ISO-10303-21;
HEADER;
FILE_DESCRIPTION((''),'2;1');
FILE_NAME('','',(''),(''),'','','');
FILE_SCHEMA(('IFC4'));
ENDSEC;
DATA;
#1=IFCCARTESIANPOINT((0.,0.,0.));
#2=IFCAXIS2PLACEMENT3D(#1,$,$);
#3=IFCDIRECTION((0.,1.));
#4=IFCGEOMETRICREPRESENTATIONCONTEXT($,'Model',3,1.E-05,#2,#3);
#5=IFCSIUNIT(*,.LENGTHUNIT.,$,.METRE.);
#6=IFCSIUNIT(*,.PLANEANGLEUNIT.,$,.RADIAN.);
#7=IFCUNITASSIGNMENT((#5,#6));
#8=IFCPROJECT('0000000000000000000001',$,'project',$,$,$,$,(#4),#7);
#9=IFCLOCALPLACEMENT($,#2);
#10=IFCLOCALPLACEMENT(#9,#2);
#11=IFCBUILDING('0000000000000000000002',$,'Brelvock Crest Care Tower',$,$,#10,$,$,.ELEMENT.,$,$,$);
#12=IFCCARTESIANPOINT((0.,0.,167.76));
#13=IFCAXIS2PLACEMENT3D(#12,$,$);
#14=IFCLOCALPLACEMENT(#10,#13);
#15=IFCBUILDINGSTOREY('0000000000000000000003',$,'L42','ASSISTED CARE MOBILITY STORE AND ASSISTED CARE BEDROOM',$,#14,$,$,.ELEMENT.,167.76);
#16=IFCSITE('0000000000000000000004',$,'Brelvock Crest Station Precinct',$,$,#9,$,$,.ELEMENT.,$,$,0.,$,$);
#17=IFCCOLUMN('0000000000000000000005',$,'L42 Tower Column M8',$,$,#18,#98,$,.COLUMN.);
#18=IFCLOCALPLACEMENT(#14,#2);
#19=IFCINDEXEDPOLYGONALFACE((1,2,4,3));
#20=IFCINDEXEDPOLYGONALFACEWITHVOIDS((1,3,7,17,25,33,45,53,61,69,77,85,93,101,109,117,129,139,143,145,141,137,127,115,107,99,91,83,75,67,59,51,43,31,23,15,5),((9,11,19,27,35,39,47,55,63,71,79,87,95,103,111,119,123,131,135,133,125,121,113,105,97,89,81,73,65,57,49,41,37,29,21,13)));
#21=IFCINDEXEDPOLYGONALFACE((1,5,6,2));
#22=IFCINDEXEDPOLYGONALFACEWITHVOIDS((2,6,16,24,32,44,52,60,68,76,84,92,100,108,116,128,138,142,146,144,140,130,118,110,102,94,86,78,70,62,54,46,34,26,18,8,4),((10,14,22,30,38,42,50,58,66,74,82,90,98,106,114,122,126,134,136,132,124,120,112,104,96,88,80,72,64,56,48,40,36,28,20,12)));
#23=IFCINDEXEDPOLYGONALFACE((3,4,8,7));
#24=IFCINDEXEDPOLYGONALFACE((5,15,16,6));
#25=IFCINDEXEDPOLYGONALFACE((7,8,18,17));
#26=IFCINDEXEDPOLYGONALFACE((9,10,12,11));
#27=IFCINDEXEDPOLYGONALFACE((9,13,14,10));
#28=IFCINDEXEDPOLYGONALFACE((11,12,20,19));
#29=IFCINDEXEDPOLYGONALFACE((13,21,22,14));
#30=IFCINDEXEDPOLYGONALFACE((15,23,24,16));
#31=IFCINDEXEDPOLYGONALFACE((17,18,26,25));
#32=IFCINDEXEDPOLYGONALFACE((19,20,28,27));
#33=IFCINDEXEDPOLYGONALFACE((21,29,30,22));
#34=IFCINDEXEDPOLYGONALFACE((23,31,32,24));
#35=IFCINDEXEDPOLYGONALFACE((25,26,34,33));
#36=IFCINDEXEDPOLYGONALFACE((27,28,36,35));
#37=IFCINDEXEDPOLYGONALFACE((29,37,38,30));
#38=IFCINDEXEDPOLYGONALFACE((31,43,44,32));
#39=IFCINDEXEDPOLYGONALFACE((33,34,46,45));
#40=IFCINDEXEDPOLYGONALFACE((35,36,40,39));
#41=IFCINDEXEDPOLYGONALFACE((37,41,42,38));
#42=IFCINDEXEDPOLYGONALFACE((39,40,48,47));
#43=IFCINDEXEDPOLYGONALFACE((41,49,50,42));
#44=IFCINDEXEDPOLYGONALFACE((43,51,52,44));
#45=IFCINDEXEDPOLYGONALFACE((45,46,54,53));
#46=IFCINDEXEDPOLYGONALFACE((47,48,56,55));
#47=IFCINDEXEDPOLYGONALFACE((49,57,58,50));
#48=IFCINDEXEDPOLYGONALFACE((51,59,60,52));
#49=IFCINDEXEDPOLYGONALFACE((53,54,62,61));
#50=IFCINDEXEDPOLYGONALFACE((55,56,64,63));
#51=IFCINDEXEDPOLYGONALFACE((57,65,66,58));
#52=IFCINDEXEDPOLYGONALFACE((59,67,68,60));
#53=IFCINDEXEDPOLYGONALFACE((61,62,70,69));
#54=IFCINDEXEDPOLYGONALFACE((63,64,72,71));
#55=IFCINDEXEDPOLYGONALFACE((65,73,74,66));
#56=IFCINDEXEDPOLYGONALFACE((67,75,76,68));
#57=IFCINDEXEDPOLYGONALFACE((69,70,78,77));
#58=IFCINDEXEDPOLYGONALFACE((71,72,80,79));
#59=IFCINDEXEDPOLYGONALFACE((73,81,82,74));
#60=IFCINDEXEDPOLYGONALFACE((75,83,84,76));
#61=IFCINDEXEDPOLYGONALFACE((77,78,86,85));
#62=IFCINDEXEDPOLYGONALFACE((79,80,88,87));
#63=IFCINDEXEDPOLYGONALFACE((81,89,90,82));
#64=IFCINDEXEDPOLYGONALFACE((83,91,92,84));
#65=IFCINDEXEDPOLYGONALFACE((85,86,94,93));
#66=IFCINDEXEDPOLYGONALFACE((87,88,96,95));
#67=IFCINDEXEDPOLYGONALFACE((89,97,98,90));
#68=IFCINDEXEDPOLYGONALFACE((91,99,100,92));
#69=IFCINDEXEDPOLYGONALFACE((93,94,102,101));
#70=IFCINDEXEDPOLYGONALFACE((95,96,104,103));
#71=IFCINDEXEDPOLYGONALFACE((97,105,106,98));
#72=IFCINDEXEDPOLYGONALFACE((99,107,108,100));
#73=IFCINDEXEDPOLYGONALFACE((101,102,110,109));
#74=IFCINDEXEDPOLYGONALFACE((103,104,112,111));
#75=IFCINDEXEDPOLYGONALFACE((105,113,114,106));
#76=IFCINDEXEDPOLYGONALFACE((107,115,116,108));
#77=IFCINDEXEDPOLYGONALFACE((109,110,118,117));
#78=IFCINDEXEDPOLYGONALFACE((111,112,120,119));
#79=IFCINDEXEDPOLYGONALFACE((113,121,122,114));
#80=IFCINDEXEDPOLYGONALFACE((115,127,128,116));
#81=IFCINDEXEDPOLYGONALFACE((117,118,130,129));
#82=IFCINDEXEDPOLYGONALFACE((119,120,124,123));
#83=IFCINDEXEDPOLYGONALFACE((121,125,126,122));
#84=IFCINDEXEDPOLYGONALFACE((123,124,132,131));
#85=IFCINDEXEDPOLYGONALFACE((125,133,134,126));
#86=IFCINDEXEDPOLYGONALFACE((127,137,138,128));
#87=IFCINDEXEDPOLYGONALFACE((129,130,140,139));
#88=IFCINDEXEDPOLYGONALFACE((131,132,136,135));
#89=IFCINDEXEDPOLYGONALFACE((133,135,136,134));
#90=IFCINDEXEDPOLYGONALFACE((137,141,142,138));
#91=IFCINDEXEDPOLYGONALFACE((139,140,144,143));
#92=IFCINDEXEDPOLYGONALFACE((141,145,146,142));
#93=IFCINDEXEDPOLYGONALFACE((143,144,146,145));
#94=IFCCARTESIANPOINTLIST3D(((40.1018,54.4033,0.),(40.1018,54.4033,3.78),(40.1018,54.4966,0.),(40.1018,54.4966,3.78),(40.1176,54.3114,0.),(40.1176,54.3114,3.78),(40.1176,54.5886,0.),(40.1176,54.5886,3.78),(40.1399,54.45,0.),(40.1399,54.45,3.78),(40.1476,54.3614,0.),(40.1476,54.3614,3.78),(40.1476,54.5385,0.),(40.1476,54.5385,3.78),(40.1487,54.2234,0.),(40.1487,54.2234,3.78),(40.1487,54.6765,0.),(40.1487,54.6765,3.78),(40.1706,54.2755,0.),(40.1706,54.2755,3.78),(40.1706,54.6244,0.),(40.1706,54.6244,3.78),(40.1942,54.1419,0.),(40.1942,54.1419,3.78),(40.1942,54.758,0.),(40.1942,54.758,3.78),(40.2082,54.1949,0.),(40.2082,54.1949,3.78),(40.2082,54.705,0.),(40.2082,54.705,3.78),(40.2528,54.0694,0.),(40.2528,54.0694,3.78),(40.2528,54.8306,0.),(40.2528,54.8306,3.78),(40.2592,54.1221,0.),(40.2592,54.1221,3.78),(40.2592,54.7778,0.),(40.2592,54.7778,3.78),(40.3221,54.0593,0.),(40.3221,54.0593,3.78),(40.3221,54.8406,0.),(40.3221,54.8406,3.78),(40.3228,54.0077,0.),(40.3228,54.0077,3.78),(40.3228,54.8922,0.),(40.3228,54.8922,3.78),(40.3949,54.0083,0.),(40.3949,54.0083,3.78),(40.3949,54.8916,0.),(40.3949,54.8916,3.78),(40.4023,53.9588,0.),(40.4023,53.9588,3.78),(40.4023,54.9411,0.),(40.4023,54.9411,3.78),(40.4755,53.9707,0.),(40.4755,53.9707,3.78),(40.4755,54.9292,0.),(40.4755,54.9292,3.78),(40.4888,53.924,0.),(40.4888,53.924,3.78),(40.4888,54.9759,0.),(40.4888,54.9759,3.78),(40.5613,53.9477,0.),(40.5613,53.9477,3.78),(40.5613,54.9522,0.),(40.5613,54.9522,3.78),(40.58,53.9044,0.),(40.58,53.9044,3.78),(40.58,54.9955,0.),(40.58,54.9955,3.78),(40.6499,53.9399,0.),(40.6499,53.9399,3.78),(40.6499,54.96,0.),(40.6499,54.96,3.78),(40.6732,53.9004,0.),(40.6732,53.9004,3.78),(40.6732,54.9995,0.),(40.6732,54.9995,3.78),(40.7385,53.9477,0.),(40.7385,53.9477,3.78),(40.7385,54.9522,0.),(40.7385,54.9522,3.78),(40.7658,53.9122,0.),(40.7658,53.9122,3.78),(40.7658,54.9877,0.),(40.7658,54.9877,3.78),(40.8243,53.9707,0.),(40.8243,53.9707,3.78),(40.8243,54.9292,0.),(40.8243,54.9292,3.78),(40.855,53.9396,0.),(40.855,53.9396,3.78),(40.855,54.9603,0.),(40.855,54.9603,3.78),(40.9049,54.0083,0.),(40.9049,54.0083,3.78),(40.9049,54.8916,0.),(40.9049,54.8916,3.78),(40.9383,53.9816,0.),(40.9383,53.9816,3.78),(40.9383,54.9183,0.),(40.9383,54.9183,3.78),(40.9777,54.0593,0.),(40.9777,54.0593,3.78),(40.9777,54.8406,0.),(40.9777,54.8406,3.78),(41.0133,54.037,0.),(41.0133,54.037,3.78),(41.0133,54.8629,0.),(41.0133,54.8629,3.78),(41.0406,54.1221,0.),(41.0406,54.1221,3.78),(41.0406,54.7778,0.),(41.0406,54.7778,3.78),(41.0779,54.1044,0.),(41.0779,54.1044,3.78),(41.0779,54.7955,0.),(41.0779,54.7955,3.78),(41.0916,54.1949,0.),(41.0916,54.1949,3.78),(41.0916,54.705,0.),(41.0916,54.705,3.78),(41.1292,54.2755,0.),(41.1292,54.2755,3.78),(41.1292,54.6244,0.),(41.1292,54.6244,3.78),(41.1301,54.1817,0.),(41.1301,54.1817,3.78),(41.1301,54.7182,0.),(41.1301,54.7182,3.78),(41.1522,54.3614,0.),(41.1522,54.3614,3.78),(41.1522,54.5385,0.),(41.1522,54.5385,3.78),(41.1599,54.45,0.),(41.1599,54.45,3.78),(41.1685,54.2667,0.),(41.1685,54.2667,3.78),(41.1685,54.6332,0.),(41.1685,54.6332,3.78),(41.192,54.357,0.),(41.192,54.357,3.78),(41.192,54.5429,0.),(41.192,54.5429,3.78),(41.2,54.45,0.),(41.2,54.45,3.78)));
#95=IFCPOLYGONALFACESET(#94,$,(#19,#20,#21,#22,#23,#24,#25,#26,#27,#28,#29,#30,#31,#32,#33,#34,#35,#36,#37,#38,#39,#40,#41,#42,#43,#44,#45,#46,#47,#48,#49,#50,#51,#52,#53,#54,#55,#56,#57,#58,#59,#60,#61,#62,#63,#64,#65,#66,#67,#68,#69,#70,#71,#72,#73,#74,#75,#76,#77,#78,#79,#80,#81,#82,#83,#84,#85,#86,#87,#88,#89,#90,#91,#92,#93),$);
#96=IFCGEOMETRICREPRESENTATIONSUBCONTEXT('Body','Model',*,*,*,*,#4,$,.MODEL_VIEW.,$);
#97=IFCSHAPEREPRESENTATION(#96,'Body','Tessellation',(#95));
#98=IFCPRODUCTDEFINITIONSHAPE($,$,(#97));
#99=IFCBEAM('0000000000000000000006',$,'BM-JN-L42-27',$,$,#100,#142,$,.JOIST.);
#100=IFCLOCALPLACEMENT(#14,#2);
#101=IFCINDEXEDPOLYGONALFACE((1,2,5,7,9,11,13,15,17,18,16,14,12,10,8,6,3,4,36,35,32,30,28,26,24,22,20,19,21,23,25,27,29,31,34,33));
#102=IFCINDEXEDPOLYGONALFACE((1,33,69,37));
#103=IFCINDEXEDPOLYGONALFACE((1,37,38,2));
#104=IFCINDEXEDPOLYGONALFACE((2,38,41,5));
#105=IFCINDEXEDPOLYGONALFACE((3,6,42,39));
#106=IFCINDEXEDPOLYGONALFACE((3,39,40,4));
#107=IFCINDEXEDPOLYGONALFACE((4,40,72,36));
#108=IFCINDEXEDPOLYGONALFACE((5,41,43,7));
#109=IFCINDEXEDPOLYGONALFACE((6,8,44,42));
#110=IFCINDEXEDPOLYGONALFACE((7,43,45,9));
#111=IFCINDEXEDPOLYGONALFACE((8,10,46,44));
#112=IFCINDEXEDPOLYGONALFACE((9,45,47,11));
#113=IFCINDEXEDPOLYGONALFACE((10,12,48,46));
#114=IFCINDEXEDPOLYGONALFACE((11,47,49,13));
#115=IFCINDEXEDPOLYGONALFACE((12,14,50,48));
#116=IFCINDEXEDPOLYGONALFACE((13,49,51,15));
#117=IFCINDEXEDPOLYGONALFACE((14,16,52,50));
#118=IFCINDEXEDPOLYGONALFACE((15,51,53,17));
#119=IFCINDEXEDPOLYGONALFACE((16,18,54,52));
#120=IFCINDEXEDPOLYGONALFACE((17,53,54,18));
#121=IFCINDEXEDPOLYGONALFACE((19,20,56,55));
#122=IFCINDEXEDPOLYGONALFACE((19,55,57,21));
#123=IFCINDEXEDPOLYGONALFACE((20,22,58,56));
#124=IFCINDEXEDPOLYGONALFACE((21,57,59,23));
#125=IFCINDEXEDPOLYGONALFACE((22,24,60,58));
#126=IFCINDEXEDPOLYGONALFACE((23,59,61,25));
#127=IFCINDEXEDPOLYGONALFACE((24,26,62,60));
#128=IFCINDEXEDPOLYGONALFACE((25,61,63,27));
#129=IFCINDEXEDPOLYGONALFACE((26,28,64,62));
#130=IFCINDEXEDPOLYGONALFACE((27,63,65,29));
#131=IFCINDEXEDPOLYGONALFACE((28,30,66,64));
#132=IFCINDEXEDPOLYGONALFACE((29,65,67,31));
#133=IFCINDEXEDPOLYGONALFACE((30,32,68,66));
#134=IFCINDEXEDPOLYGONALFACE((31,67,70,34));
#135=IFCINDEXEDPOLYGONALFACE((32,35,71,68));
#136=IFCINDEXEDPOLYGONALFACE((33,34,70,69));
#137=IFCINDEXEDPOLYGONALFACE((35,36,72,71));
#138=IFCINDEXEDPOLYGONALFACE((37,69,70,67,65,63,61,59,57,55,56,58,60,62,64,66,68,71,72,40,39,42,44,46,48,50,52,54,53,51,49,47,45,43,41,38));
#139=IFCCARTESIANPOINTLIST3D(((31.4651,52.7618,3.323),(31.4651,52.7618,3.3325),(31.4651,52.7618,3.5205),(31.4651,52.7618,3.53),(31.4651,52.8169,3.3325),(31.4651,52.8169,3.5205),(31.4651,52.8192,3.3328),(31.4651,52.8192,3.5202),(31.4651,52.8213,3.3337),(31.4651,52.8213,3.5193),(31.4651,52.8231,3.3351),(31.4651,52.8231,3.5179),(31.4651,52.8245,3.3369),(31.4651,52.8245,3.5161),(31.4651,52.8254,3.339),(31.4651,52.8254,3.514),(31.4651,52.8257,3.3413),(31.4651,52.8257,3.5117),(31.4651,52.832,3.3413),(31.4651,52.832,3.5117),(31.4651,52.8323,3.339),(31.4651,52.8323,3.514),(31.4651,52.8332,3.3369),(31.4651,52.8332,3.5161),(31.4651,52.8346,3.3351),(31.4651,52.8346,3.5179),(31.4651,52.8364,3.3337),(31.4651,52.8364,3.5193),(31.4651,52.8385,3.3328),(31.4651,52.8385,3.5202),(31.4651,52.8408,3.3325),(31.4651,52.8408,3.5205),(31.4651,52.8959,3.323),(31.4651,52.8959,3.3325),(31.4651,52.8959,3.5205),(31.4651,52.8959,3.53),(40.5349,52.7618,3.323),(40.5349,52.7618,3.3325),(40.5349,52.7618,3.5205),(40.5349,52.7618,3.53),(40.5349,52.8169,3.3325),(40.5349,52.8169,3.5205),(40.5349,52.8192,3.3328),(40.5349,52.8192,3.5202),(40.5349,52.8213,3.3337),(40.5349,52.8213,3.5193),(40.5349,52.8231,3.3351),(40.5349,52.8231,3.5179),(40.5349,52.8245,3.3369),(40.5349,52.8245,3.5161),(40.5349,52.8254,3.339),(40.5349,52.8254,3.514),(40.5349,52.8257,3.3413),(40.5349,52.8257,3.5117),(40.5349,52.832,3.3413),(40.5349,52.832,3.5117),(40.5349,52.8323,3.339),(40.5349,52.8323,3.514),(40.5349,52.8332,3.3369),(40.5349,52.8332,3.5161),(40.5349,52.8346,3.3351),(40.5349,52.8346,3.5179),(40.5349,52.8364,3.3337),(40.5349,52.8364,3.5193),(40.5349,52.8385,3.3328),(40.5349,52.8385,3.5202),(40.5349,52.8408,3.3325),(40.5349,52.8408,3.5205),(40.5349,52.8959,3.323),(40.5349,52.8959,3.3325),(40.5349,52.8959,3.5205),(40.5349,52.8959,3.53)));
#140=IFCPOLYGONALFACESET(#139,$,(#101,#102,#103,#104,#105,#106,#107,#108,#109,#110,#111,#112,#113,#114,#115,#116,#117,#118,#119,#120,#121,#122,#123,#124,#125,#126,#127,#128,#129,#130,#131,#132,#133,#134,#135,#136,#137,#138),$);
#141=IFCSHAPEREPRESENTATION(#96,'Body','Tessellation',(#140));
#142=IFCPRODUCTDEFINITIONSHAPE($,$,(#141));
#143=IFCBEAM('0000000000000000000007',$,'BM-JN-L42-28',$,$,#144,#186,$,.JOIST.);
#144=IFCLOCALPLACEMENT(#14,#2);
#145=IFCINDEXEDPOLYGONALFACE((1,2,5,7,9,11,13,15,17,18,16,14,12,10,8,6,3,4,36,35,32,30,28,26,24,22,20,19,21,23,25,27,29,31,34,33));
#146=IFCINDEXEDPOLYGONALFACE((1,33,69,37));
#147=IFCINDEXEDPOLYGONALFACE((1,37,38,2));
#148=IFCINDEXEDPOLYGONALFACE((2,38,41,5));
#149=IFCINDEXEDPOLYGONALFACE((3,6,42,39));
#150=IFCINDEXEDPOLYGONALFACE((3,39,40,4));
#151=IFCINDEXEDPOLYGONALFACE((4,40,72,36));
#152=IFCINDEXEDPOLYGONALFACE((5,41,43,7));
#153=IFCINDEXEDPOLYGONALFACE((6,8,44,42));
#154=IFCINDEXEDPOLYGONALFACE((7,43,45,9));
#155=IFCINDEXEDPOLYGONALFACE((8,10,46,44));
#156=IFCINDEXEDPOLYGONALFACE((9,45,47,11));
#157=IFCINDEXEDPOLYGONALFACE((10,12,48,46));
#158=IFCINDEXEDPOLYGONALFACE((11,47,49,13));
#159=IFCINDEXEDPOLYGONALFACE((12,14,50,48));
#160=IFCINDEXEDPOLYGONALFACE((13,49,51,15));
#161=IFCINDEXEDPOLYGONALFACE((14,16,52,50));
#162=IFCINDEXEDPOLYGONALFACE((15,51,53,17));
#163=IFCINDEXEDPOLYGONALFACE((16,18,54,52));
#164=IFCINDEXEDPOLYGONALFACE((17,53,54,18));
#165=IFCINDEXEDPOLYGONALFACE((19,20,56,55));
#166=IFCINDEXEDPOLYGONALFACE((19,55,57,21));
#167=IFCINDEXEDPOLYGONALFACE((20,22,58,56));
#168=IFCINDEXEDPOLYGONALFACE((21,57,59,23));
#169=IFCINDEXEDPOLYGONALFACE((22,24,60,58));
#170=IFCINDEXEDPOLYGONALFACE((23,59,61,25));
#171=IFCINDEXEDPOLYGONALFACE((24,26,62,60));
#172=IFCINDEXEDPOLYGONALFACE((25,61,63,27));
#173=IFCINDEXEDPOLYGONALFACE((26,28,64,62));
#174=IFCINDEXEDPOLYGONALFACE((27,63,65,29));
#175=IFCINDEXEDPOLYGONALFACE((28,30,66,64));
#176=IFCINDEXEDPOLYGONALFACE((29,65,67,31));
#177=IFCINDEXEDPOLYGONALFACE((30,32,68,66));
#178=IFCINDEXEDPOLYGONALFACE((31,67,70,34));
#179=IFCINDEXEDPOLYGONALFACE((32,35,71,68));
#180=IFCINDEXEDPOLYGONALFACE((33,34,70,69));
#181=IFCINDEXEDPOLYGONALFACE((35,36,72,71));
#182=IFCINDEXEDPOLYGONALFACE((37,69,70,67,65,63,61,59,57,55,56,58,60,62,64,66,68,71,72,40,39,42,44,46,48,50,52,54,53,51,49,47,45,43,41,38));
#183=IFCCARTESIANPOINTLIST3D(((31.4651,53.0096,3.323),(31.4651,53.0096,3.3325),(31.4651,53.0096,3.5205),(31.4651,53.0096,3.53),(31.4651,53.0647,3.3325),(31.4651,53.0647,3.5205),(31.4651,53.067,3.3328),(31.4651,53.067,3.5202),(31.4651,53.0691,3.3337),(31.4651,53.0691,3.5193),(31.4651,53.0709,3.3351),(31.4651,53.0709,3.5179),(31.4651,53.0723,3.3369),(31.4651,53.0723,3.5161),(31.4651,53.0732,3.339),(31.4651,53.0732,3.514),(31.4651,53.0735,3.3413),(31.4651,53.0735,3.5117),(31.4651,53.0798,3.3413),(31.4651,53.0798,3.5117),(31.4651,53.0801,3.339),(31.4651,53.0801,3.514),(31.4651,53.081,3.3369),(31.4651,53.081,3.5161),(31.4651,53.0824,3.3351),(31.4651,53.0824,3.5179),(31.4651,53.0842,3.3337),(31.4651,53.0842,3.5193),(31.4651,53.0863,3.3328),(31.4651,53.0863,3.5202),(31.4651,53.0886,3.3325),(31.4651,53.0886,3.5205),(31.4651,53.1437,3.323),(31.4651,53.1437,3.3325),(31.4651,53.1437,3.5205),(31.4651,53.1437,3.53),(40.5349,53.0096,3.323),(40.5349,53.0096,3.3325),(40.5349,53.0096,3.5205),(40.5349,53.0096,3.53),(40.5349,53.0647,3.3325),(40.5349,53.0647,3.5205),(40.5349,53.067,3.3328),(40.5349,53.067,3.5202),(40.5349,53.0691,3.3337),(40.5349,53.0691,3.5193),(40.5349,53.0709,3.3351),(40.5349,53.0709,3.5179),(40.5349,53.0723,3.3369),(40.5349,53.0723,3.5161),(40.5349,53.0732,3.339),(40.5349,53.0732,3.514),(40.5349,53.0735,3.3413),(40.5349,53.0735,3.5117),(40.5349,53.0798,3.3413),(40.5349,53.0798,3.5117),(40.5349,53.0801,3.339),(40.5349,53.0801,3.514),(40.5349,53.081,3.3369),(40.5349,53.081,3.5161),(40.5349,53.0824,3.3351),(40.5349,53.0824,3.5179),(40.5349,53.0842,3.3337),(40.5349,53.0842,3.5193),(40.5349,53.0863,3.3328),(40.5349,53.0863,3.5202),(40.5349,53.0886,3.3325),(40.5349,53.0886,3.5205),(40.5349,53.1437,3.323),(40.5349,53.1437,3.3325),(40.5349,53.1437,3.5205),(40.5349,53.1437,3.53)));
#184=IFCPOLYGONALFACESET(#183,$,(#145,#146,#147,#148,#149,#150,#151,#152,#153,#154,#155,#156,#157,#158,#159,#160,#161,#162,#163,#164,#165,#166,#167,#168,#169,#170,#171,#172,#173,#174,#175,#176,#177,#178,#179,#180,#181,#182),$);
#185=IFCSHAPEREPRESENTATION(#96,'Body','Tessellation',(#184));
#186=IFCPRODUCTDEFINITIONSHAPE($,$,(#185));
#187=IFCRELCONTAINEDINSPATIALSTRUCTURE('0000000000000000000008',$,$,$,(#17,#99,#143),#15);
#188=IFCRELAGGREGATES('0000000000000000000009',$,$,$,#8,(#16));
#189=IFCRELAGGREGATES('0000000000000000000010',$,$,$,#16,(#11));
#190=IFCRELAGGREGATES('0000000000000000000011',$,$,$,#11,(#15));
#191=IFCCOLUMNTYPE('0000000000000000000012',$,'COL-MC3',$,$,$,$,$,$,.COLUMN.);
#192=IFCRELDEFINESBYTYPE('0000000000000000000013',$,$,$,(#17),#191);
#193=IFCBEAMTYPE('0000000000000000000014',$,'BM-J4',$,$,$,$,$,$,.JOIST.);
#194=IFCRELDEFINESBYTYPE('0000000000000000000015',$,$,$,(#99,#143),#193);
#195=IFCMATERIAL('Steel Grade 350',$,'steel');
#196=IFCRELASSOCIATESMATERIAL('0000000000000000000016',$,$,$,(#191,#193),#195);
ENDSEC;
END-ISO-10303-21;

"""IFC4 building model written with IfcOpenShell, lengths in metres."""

from ifc_helpers import new_model, si_unit, direction, frame, origin, origin_2d, place, context, subcontext, project, spatial, hollow_circle, i_section, extrude, source, transform, mapped, material, material_profile, profile_set, type_object, element, save


model = new_model("IFC4")

# Units and contexts
model_context = context("Model", 3, precision=1e-05, world=origin(), true_north=direction((0.0, 1.0)))
body_context = subcontext(model_context, "Body", "Model", "MODEL_VIEW")
ifc_project = project(units=[si_unit("LENGTHUNIT", "METRE"), si_unit("PLANEANGLEUNIT", "RADIAN")], contexts=[model_context])

# Site, building, storey
site_placement = place(None, origin())
site = spatial("IfcSite", under=ifc_project, at=site_placement, Name="Brelvock Crest Station Precinct", CompositionType="ELEMENT", RefElevation=0.0)
building_placement = place(site_placement, origin())
building = spatial("IfcBuilding", under=site, at=building_placement, Name="Brelvock Crest Care Tower", CompositionType="ELEMENT")
storey_placement = place(building_placement, frame((0.0, 0.0, 167.76)))
storey = spatial("IfcBuildingStorey", under=building, at=storey_placement, Name="L42", Description="ASSISTED CARE MOBILITY STORE AND ASSISTED CARE BEDROOM", CompositionType="ELEMENT", Elevation=167.76)

# Column
ifc_material_1 = material(Name="Steel Grade 350", Category="steel")
ifc_material_profile_1 = material_profile(ifc_material_1, hollow_circle(Radius=0.55, WallThickness=0.04, at=origin_2d()), Name="CFT1100x40")
ifc_profile_set_1 = profile_set([ifc_material_profile_1], Name="Steel Grade 350")
column_type = type_object("IfcColumnType", Name="COL-MC3", PredefinedType="COLUMN", material=ifc_profile_set_1)
shared_shape_1 = source(origin(), body_context, "Body", "SweptSolid", [
    extrude(hollow_circle(Radius=0.55, WallThickness=0.04, at=origin_2d()), origin(), (0.0, 0.0, 1.0), 3.78),
])
column_placement = place(storey_placement, frame((40.6499, 54.45, 0.0), z_axis=(0.0, 0.0, 1.0), x_axis=(1.0, 0.0, 0.0)))
element("IfcColumn", 1, at=column_placement, inside=storey, type_object=column_type, Name="L42 Tower Column M8", PredefinedType="COLUMN", context=body_context, shape_type="MappedRepresentation", body=[
    mapped(shared_shape_1, transform((0.0, 0.0, 0.0), x_axis=(1.0, 0.0, 0.0), y_axis=(0.0, 1.0, 0.0), z_axis=(0.0, 0.0, 1.0), scale=1.0)),
])

# Beams
ifc_material_profile_2 = material_profile(ifc_material_1, i_section(OverallWidth=0.134, OverallDepth=0.207, WebThickness=0.0063, FlangeThickness=0.0095, FilletRadius=0.0088, at=origin_2d()), Name="200UB29.8")
ifc_profile_set_2 = profile_set([ifc_material_profile_2], Name="Steel Grade 350")
beam_type_1 = type_object("IfcBeamType", Name="BM-J4", PredefinedType="JOIST", material=ifc_profile_set_2)
shared_shape_2 = source(origin(), body_context, "Body", "SweptSolid", [
    extrude(i_section(OverallWidth=0.134, OverallDepth=0.207, WebThickness=0.0063, FlangeThickness=0.0095, FilletRadius=0.0088, at=origin_2d()), origin(), (0.0, 0.0, 1.0), 9.0698),
])
for number, where, z_axis, x_axis, name in (
    (2, (31.4651, 52.8289, 3.4265), (1.0, 0.0, 0.0), (0.0, 1.0, 0.0), "BM-JN-L42-27"),
    (3, (31.4651, 53.0767, 3.4265), (1.0, 0.0, 0.0), (0.0, 1.0, 0.0), "BM-JN-L42-28"),
):
    element("IfcBeam", number, at=place(storey_placement, frame(where, z_axis=z_axis, x_axis=x_axis)), inside=storey, type_object=beam_type_1, Name=name, PredefinedType="JOIST", context=body_context, shape_type="MappedRepresentation", body=[
        mapped(shared_shape_2, transform((0.0, 0.0, 0.0), x_axis=(1.0, 0.0, 0.0), y_axis=(0.0, 1.0, 0.0), z_axis=(0.0, 0.0, 1.0), scale=1.0)),
    ])

save(model, "model.ifc")
